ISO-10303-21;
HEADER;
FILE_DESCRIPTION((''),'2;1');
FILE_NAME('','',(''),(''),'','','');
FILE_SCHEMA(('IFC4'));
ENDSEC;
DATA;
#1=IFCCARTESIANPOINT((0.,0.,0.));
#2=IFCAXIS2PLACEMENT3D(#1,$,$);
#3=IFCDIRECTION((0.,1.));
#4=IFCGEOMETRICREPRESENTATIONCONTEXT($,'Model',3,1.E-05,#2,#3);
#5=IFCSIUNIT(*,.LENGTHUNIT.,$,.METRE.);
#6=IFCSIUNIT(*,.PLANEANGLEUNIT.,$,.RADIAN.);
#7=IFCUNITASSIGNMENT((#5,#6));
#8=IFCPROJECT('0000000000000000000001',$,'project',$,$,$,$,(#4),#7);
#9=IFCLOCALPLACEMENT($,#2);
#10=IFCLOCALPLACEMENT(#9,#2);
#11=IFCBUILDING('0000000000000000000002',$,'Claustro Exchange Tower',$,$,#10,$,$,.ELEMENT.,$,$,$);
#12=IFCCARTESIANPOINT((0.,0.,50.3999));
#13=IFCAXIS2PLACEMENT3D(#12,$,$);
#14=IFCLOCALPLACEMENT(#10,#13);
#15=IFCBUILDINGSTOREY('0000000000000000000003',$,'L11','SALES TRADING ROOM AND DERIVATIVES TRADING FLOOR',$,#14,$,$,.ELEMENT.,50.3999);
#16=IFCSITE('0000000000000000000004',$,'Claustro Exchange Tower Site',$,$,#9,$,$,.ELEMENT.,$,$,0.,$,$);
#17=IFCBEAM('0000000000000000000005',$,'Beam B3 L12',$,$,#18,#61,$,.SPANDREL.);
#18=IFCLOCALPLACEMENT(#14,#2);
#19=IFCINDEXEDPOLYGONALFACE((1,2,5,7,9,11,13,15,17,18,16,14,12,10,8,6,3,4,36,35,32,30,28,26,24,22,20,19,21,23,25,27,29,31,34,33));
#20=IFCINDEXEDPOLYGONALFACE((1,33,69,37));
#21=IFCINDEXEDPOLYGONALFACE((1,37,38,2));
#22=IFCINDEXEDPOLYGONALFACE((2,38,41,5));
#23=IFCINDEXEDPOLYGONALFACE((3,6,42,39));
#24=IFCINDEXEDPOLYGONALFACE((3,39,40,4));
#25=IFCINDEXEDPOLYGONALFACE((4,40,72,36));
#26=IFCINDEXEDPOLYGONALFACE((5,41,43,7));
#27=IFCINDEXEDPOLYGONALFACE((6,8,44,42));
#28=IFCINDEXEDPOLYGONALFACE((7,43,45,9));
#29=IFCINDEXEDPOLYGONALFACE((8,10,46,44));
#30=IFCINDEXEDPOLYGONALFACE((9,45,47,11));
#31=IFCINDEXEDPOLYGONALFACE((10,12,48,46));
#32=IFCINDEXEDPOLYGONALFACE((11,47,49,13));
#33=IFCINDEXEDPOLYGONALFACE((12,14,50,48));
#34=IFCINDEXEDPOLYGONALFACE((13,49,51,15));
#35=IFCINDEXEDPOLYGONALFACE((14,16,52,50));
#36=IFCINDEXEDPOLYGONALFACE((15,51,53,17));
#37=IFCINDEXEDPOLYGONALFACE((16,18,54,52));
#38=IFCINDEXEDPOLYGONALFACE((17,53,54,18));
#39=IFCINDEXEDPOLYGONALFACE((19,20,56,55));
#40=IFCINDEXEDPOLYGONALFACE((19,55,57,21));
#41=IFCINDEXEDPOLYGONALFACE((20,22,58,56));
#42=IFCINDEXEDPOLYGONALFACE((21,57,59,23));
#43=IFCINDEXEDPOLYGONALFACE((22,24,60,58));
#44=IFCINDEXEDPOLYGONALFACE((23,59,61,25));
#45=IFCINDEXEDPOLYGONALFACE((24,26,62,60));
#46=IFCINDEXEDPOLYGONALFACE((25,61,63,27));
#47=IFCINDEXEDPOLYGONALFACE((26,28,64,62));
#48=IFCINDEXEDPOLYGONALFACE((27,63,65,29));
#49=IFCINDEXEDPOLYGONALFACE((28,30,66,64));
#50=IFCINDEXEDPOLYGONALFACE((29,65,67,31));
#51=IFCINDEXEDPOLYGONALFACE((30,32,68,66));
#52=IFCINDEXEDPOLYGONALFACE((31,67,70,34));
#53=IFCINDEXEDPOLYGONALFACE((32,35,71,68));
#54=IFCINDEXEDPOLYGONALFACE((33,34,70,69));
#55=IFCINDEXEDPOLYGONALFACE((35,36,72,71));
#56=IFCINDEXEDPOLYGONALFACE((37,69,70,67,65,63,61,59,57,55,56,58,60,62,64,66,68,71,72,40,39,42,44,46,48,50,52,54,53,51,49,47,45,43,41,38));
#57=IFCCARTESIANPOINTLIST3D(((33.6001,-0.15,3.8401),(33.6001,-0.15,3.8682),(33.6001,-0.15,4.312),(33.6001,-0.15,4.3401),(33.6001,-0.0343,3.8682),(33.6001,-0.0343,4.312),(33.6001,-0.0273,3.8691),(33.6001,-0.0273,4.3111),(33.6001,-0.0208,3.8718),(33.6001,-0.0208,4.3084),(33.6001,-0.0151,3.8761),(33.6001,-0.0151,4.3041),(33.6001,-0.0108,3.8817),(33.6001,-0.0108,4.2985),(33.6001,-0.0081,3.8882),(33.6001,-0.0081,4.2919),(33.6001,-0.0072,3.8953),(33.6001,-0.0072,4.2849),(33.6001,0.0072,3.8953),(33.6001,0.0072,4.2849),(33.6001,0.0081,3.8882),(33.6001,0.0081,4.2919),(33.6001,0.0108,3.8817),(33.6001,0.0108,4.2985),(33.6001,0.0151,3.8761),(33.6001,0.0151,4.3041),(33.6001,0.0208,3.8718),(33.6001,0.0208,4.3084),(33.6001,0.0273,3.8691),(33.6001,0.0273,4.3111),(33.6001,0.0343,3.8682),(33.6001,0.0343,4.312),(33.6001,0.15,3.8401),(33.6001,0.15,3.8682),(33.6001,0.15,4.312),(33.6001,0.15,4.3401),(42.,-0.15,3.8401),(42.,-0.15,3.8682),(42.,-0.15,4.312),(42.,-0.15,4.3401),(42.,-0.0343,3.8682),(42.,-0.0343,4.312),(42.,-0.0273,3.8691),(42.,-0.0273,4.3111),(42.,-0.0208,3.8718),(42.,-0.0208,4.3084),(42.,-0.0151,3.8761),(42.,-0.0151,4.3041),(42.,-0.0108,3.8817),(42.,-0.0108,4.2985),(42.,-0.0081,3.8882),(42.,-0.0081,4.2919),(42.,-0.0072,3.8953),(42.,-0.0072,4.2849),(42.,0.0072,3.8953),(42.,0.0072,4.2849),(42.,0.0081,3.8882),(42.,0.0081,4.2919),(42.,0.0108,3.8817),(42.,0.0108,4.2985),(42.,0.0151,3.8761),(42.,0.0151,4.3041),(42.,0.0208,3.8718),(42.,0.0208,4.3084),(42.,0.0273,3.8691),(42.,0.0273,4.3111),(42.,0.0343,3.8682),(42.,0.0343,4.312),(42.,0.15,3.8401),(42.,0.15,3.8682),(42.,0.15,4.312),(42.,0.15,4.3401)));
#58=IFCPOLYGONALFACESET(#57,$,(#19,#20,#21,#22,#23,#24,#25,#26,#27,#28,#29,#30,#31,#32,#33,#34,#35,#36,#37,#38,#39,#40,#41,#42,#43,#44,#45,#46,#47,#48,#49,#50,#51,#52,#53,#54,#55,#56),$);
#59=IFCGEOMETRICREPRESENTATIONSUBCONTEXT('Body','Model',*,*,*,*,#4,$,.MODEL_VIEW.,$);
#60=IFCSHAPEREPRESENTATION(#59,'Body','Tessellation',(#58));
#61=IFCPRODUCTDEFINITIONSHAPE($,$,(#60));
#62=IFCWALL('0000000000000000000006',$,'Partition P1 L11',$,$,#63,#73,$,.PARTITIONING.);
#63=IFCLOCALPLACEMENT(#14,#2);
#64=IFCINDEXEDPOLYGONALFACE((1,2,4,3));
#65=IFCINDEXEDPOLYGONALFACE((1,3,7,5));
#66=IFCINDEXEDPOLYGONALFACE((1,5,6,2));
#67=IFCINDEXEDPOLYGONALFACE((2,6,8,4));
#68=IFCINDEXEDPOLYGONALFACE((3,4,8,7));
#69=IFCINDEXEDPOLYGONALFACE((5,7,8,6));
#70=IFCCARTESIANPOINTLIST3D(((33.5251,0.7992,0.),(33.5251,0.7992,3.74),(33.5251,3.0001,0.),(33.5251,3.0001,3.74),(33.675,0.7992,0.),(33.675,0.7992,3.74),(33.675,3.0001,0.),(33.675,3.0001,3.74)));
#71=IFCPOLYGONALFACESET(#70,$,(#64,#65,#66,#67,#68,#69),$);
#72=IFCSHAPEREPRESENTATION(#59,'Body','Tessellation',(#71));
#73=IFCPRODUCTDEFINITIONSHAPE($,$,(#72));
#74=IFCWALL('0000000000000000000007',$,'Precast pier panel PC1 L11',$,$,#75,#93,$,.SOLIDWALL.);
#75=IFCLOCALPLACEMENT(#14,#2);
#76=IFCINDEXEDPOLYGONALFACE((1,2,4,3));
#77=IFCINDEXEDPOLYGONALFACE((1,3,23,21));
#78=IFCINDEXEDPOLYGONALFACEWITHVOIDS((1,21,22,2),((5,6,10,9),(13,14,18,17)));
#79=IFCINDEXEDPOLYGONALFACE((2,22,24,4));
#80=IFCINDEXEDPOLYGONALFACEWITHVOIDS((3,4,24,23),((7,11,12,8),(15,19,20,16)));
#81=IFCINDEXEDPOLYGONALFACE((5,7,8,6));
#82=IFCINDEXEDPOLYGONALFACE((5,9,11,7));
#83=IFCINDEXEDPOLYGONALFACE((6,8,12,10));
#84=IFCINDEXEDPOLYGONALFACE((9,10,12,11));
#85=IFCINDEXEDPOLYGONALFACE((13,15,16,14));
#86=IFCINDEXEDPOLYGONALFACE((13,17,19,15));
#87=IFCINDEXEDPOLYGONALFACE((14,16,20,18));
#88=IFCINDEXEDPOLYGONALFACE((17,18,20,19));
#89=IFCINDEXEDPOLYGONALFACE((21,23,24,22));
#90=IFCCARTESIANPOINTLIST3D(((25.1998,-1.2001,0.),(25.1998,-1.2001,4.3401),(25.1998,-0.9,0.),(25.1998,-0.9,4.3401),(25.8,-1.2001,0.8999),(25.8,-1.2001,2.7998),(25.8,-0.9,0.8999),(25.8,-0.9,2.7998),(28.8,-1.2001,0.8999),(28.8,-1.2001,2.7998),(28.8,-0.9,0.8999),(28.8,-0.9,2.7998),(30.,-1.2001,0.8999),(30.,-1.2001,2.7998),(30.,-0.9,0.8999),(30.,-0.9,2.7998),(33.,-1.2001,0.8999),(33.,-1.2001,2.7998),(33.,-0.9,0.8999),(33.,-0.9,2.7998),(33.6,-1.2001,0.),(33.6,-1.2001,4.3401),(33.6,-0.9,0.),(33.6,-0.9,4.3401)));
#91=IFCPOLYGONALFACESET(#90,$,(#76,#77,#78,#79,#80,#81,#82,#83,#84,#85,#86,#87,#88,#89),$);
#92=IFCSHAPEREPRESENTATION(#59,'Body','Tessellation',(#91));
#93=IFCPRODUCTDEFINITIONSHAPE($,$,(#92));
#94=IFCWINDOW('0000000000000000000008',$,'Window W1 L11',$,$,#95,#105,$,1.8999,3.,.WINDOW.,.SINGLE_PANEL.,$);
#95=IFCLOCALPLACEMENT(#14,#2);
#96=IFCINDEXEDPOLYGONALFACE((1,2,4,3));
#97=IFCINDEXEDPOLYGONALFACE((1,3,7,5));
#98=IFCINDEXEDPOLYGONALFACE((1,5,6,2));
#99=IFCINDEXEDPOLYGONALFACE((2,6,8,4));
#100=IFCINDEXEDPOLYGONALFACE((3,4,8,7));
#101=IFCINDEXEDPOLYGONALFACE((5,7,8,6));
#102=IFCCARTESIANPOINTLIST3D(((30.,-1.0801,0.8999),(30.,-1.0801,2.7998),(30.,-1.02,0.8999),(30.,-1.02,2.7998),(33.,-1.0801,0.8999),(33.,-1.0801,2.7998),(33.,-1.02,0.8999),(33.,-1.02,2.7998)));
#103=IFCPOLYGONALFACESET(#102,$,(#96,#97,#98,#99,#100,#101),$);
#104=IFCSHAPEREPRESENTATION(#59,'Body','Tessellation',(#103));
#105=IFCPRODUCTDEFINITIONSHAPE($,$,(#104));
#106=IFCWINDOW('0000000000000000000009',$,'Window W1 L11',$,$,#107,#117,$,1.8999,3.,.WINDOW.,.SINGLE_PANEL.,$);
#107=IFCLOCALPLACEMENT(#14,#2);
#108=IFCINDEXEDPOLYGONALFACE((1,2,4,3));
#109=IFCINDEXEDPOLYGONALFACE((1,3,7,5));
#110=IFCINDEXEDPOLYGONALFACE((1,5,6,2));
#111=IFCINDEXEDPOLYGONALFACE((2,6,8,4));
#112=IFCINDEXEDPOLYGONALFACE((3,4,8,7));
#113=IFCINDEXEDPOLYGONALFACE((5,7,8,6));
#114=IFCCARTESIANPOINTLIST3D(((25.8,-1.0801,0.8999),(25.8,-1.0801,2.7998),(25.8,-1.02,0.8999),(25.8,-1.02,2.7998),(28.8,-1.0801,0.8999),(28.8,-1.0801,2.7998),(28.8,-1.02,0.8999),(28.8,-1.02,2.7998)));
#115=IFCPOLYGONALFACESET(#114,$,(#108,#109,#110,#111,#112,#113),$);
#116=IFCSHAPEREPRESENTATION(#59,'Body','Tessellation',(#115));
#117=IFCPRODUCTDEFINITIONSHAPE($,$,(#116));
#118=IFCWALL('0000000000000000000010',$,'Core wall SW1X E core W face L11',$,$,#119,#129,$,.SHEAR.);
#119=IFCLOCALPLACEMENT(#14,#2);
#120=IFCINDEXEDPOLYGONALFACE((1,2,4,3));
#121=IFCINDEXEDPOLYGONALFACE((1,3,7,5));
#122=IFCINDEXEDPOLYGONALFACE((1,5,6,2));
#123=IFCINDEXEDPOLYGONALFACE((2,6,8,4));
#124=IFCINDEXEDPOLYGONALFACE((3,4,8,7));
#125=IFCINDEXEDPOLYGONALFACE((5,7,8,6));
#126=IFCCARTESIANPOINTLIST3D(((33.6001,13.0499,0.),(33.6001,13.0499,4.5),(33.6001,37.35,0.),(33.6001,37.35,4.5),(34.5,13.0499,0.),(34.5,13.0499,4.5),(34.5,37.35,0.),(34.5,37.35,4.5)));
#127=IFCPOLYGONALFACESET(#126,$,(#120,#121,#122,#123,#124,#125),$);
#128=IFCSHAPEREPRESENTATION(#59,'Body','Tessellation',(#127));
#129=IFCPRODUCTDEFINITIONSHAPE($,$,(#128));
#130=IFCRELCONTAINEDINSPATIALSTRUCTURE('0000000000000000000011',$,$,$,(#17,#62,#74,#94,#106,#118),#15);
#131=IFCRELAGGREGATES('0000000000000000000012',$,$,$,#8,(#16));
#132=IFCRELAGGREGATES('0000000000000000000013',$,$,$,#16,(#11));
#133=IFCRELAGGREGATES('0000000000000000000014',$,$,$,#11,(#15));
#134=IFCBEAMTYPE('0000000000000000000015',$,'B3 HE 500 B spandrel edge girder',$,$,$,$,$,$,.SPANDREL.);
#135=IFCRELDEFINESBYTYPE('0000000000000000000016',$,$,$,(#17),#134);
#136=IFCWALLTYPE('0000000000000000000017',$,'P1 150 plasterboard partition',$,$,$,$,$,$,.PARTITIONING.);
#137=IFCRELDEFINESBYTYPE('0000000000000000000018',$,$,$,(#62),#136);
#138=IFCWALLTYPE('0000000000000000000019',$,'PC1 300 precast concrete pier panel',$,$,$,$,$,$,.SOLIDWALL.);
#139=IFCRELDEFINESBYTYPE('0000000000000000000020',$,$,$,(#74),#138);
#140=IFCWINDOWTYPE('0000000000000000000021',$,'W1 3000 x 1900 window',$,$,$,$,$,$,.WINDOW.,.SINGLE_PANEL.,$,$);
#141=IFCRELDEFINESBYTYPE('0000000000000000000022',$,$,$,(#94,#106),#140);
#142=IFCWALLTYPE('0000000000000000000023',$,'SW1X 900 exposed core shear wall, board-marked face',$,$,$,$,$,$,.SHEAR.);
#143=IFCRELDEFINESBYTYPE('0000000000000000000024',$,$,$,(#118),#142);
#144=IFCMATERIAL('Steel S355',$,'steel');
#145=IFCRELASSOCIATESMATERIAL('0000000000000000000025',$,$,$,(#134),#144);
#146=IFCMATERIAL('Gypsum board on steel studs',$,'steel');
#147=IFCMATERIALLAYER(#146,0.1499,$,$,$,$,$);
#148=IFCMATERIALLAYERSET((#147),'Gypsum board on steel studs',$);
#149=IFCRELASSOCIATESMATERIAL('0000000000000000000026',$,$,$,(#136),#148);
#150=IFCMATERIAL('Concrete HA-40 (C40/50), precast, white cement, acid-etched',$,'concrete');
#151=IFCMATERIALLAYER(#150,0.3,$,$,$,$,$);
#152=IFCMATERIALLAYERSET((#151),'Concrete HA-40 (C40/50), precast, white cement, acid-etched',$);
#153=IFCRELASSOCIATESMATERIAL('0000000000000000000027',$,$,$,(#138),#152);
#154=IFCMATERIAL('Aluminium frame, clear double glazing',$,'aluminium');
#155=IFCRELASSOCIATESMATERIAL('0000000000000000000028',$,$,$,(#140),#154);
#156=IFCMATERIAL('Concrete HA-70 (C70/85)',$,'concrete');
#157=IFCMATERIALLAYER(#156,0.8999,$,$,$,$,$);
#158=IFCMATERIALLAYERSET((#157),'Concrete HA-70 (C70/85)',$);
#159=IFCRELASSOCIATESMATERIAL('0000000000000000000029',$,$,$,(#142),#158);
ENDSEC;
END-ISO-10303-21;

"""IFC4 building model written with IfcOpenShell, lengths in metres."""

from ifc_helpers import new_model, si_unit, direction, frame, frame_2d, origin, origin_2d, place, context, subcontext, project, spatial, rectangle, i_section, extrude, material, layer, layer_set, material_profile, profile_set, type_object, element, fill, save


model = new_model("IFC4")

# Units and contexts
model_context = context("Model", 3, precision=1e-05, world=origin(), true_north=direction((0.0, 1.0)))
body_context = subcontext(model_context, "Body", "Model", "MODEL_VIEW")
ifc_project = project(units=[si_unit("LENGTHUNIT", "METRE"), si_unit("PLANEANGLEUNIT", "RADIAN")], contexts=[model_context])

# Site, building, storey
site_placement = place(None, origin())
site = spatial("IfcSite", under=ifc_project, at=site_placement, Name="Claustro Exchange Tower Site", CompositionType="ELEMENT", RefElevation=0.0)
building_placement = place(site_placement, origin())
building = spatial("IfcBuilding", under=site, at=building_placement, Name="Claustro Exchange Tower", CompositionType="ELEMENT")
storey_placement = place(building_placement, frame((0.0, 0.0, 50.3999)))
storey = spatial("IfcBuildingStorey", under=building, at=storey_placement, Name="L11", Description="SALES TRADING ROOM AND DERIVATIVES TRADING FLOOR", CompositionType="ELEMENT", Elevation=50.3999)

# Beam
ifc_material_1 = material(Name="Steel S355", Category="steel")
ifc_material_profile_1 = material_profile(ifc_material_1, i_section(OverallWidth=0.3, OverallDepth=0.5, WebThickness=0.0144, FlangeThickness=0.0281, FilletRadius=0.0271, at=origin_2d()), Name="HE 500 B")
ifc_profile_set_1 = profile_set([ifc_material_profile_1], Name="Steel S355")
beam_type_1 = type_object("IfcBeamType", Name="B3 HE 500 B spandrel edge girder", PredefinedType="SPANDREL", material=ifc_profile_set_1)
beam_1_placement = place(storey_placement, frame((33.6001, 0.0, 4.0901), z_axis=(1.0, 0.0, 0.0), x_axis=(0.0, 1.0, 0.0)))
element("IfcBeam", 1, at=beam_1_placement, inside=storey, type_object=beam_type_1, Name="Beam B3 L12", PredefinedType="SPANDREL", context=body_context, shape_type="SweptSolid", body=[
    extrude(i_section(OverallWidth=0.3, OverallDepth=0.5, WebThickness=0.0144, FlangeThickness=0.0281, FilletRadius=0.0271, at=origin_2d()), origin(), (0.0, 0.0, 1.0), 8.3999),
])

# Wall
ifc_material_2 = material(Name="Gypsum board on steel studs", Category="steel")
ifc_layer_1 = layer(ifc_material_2, 0.1499)
ifc_layer_set_1 = layer_set([ifc_layer_1], Name="Gypsum board on steel studs")
wall_type_1 = type_object("IfcWallType", Name="P1 150 plasterboard partition", PredefinedType="PARTITIONING", material=ifc_layer_set_1)
wall_1_placement = place(storey_placement, frame((33.6001, 0.7991, 0.0), z_axis=(0.0, 0.0, 1.0), x_axis=(0.0, 1.0, 0.0)))
element("IfcWall", 2, at=wall_1_placement, inside=storey, type_object=wall_type_1, Name="Partition P1 L11", PredefinedType="PARTITIONING", context=body_context, shape_type="SweptSolid", body=[
    extrude(rectangle(XDim=2.2009, YDim=0.1499, at=frame_2d((1.1006, 0.0))), origin(), (0.0, 0.0, 1.0), 3.74),
])

# Wall, openings, windows
ifc_material_3 = material(Name="Concrete HA-40 (C40/50), precast, white cement, acid-etched", Category="concrete")
ifc_layer_2 = layer(ifc_material_3, 0.3)
ifc_layer_set_2 = layer_set([ifc_layer_2], Name="Concrete HA-40 (C40/50), precast, white cement, acid-etched")
wall_type_2 = type_object("IfcWallType", Name="PC1 300 precast concrete pier panel", PredefinedType="SOLIDWALL", material=ifc_layer_set_2)
wall_2_placement = place(storey_placement, frame((33.6001, -1.05, 0.0), z_axis=(0.0, 0.0, 1.0), x_axis=(-1.0, 0.0, 0.0)))
wall_2 = element("IfcWall", 3, at=wall_2_placement, inside=storey, type_object=wall_type_2, Name="Precast pier panel PC1 L11", PredefinedType="SOLIDWALL", context=body_context, shape_type="SweptSolid", body=[
    extrude(rectangle(XDim=8.4001, YDim=0.3, at=frame_2d((4.2002, 0.0))), origin(), (0.0, 0.0, 1.0), 4.3401),
])
opening_1_placement = place(wall_2_placement, frame((0.6001, 0.0, 0.8999)))
opening_1 = element("IfcOpeningElement", 4, at=opening_1_placement, cuts=wall_2, PredefinedType="OPENING", context=body_context, shape_type="SweptSolid", body=[
    extrude(rectangle(XDim=3.0, YDim=1.8999, at=frame_2d((1.5, 0.95))), frame((0.0, 0.1599, 0.0), z_axis=(0.0, -1.0, 0.0), x_axis=(1.0, 0.0, 0.0)), (0.0, 0.0, 1.0), 0.3201),
])
opening_2_placement = place(wall_2_placement, frame((4.8, 0.0, 0.8999)))
opening_2 = element("IfcOpeningElement", 5, at=opening_2_placement, cuts=wall_2, PredefinedType="OPENING", context=body_context, shape_type="SweptSolid", body=[
    extrude(rectangle(XDim=3.0, YDim=1.8999, at=frame_2d((1.5, 0.95))), frame((0.0, 0.1599, 0.0), z_axis=(0.0, -1.0, 0.0), x_axis=(1.0, 0.0, 0.0)), (0.0, 0.0, 1.0), 0.3201),
])
ifc_material_4 = material(Name="Aluminium frame, clear double glazing", Category="aluminium")
window_type = type_object("IfcWindowType", Name="W1 3000 x 1900 window", PartitioningType="SINGLE_PANEL", PredefinedType="WINDOW", material=ifc_material_4)
window_1_placement = place(opening_1_placement, origin())
window_1 = element("IfcWindow", 6, at=window_1_placement, inside=storey, type_object=window_type, Name="Window W1 L11", OverallHeight=1.8999, OverallWidth=3.0, PartitioningType="SINGLE_PANEL", PredefinedType="WINDOW", context=body_context, shape_type="SweptSolid", body=[
    extrude(rectangle(XDim=3.0, YDim=1.8999, at=frame_2d((1.5, 0.95))), frame((0.0, 0.03, 0.0), z_axis=(0.0, -1.0, 0.0), x_axis=(1.0, 0.0, 0.0)), (0.0, 0.0, 1.0), 0.0601),
])
fill(opening_1, window_1)
window_2_placement = place(opening_2_placement, origin())
window_2 = element("IfcWindow", 7, at=window_2_placement, inside=storey, type_object=window_type, Name="Window W1 L11", OverallHeight=1.8999, OverallWidth=3.0, PartitioningType="SINGLE_PANEL", PredefinedType="WINDOW", context=body_context, shape_type="SweptSolid", body=[
    extrude(rectangle(XDim=3.0, YDim=1.8999, at=frame_2d((1.5, 0.95))), frame((0.0, 0.03, 0.0), z_axis=(0.0, -1.0, 0.0), x_axis=(1.0, 0.0, 0.0)), (0.0, 0.0, 1.0), 0.0601),
])
fill(opening_2, window_2)

# Wall
ifc_material_5 = material(Name="Concrete HA-70 (C70/85)", Category="concrete")
ifc_layer_3 = layer(ifc_material_5, 0.8999)
ifc_layer_set_3 = layer_set([ifc_layer_3], Name="Concrete HA-70 (C70/85)")
wall_type_3 = type_object("IfcWallType", Name="SW1X 900 exposed core shear wall, board-marked face", PredefinedType="SHEAR", material=ifc_layer_set_3)
wall_3_placement = place(storey_placement, frame((34.05, 13.05, 0.0), z_axis=(0.0, 0.0, 1.0), x_axis=(0.0, 1.0, 0.0)))
element("IfcWall", 8, at=wall_3_placement, inside=storey, type_object=wall_type_3, Name="Core wall SW1X E core W face L11", PredefinedType="SHEAR", context=body_context, shape_type="SweptSolid", body=[
    extrude(rectangle(XDim=24.3, YDim=0.8999, at=frame_2d((12.1499, 0.0))), origin(), (0.0, 0.0, 1.0), 4.5),
])

save(model, "model.ifc")
